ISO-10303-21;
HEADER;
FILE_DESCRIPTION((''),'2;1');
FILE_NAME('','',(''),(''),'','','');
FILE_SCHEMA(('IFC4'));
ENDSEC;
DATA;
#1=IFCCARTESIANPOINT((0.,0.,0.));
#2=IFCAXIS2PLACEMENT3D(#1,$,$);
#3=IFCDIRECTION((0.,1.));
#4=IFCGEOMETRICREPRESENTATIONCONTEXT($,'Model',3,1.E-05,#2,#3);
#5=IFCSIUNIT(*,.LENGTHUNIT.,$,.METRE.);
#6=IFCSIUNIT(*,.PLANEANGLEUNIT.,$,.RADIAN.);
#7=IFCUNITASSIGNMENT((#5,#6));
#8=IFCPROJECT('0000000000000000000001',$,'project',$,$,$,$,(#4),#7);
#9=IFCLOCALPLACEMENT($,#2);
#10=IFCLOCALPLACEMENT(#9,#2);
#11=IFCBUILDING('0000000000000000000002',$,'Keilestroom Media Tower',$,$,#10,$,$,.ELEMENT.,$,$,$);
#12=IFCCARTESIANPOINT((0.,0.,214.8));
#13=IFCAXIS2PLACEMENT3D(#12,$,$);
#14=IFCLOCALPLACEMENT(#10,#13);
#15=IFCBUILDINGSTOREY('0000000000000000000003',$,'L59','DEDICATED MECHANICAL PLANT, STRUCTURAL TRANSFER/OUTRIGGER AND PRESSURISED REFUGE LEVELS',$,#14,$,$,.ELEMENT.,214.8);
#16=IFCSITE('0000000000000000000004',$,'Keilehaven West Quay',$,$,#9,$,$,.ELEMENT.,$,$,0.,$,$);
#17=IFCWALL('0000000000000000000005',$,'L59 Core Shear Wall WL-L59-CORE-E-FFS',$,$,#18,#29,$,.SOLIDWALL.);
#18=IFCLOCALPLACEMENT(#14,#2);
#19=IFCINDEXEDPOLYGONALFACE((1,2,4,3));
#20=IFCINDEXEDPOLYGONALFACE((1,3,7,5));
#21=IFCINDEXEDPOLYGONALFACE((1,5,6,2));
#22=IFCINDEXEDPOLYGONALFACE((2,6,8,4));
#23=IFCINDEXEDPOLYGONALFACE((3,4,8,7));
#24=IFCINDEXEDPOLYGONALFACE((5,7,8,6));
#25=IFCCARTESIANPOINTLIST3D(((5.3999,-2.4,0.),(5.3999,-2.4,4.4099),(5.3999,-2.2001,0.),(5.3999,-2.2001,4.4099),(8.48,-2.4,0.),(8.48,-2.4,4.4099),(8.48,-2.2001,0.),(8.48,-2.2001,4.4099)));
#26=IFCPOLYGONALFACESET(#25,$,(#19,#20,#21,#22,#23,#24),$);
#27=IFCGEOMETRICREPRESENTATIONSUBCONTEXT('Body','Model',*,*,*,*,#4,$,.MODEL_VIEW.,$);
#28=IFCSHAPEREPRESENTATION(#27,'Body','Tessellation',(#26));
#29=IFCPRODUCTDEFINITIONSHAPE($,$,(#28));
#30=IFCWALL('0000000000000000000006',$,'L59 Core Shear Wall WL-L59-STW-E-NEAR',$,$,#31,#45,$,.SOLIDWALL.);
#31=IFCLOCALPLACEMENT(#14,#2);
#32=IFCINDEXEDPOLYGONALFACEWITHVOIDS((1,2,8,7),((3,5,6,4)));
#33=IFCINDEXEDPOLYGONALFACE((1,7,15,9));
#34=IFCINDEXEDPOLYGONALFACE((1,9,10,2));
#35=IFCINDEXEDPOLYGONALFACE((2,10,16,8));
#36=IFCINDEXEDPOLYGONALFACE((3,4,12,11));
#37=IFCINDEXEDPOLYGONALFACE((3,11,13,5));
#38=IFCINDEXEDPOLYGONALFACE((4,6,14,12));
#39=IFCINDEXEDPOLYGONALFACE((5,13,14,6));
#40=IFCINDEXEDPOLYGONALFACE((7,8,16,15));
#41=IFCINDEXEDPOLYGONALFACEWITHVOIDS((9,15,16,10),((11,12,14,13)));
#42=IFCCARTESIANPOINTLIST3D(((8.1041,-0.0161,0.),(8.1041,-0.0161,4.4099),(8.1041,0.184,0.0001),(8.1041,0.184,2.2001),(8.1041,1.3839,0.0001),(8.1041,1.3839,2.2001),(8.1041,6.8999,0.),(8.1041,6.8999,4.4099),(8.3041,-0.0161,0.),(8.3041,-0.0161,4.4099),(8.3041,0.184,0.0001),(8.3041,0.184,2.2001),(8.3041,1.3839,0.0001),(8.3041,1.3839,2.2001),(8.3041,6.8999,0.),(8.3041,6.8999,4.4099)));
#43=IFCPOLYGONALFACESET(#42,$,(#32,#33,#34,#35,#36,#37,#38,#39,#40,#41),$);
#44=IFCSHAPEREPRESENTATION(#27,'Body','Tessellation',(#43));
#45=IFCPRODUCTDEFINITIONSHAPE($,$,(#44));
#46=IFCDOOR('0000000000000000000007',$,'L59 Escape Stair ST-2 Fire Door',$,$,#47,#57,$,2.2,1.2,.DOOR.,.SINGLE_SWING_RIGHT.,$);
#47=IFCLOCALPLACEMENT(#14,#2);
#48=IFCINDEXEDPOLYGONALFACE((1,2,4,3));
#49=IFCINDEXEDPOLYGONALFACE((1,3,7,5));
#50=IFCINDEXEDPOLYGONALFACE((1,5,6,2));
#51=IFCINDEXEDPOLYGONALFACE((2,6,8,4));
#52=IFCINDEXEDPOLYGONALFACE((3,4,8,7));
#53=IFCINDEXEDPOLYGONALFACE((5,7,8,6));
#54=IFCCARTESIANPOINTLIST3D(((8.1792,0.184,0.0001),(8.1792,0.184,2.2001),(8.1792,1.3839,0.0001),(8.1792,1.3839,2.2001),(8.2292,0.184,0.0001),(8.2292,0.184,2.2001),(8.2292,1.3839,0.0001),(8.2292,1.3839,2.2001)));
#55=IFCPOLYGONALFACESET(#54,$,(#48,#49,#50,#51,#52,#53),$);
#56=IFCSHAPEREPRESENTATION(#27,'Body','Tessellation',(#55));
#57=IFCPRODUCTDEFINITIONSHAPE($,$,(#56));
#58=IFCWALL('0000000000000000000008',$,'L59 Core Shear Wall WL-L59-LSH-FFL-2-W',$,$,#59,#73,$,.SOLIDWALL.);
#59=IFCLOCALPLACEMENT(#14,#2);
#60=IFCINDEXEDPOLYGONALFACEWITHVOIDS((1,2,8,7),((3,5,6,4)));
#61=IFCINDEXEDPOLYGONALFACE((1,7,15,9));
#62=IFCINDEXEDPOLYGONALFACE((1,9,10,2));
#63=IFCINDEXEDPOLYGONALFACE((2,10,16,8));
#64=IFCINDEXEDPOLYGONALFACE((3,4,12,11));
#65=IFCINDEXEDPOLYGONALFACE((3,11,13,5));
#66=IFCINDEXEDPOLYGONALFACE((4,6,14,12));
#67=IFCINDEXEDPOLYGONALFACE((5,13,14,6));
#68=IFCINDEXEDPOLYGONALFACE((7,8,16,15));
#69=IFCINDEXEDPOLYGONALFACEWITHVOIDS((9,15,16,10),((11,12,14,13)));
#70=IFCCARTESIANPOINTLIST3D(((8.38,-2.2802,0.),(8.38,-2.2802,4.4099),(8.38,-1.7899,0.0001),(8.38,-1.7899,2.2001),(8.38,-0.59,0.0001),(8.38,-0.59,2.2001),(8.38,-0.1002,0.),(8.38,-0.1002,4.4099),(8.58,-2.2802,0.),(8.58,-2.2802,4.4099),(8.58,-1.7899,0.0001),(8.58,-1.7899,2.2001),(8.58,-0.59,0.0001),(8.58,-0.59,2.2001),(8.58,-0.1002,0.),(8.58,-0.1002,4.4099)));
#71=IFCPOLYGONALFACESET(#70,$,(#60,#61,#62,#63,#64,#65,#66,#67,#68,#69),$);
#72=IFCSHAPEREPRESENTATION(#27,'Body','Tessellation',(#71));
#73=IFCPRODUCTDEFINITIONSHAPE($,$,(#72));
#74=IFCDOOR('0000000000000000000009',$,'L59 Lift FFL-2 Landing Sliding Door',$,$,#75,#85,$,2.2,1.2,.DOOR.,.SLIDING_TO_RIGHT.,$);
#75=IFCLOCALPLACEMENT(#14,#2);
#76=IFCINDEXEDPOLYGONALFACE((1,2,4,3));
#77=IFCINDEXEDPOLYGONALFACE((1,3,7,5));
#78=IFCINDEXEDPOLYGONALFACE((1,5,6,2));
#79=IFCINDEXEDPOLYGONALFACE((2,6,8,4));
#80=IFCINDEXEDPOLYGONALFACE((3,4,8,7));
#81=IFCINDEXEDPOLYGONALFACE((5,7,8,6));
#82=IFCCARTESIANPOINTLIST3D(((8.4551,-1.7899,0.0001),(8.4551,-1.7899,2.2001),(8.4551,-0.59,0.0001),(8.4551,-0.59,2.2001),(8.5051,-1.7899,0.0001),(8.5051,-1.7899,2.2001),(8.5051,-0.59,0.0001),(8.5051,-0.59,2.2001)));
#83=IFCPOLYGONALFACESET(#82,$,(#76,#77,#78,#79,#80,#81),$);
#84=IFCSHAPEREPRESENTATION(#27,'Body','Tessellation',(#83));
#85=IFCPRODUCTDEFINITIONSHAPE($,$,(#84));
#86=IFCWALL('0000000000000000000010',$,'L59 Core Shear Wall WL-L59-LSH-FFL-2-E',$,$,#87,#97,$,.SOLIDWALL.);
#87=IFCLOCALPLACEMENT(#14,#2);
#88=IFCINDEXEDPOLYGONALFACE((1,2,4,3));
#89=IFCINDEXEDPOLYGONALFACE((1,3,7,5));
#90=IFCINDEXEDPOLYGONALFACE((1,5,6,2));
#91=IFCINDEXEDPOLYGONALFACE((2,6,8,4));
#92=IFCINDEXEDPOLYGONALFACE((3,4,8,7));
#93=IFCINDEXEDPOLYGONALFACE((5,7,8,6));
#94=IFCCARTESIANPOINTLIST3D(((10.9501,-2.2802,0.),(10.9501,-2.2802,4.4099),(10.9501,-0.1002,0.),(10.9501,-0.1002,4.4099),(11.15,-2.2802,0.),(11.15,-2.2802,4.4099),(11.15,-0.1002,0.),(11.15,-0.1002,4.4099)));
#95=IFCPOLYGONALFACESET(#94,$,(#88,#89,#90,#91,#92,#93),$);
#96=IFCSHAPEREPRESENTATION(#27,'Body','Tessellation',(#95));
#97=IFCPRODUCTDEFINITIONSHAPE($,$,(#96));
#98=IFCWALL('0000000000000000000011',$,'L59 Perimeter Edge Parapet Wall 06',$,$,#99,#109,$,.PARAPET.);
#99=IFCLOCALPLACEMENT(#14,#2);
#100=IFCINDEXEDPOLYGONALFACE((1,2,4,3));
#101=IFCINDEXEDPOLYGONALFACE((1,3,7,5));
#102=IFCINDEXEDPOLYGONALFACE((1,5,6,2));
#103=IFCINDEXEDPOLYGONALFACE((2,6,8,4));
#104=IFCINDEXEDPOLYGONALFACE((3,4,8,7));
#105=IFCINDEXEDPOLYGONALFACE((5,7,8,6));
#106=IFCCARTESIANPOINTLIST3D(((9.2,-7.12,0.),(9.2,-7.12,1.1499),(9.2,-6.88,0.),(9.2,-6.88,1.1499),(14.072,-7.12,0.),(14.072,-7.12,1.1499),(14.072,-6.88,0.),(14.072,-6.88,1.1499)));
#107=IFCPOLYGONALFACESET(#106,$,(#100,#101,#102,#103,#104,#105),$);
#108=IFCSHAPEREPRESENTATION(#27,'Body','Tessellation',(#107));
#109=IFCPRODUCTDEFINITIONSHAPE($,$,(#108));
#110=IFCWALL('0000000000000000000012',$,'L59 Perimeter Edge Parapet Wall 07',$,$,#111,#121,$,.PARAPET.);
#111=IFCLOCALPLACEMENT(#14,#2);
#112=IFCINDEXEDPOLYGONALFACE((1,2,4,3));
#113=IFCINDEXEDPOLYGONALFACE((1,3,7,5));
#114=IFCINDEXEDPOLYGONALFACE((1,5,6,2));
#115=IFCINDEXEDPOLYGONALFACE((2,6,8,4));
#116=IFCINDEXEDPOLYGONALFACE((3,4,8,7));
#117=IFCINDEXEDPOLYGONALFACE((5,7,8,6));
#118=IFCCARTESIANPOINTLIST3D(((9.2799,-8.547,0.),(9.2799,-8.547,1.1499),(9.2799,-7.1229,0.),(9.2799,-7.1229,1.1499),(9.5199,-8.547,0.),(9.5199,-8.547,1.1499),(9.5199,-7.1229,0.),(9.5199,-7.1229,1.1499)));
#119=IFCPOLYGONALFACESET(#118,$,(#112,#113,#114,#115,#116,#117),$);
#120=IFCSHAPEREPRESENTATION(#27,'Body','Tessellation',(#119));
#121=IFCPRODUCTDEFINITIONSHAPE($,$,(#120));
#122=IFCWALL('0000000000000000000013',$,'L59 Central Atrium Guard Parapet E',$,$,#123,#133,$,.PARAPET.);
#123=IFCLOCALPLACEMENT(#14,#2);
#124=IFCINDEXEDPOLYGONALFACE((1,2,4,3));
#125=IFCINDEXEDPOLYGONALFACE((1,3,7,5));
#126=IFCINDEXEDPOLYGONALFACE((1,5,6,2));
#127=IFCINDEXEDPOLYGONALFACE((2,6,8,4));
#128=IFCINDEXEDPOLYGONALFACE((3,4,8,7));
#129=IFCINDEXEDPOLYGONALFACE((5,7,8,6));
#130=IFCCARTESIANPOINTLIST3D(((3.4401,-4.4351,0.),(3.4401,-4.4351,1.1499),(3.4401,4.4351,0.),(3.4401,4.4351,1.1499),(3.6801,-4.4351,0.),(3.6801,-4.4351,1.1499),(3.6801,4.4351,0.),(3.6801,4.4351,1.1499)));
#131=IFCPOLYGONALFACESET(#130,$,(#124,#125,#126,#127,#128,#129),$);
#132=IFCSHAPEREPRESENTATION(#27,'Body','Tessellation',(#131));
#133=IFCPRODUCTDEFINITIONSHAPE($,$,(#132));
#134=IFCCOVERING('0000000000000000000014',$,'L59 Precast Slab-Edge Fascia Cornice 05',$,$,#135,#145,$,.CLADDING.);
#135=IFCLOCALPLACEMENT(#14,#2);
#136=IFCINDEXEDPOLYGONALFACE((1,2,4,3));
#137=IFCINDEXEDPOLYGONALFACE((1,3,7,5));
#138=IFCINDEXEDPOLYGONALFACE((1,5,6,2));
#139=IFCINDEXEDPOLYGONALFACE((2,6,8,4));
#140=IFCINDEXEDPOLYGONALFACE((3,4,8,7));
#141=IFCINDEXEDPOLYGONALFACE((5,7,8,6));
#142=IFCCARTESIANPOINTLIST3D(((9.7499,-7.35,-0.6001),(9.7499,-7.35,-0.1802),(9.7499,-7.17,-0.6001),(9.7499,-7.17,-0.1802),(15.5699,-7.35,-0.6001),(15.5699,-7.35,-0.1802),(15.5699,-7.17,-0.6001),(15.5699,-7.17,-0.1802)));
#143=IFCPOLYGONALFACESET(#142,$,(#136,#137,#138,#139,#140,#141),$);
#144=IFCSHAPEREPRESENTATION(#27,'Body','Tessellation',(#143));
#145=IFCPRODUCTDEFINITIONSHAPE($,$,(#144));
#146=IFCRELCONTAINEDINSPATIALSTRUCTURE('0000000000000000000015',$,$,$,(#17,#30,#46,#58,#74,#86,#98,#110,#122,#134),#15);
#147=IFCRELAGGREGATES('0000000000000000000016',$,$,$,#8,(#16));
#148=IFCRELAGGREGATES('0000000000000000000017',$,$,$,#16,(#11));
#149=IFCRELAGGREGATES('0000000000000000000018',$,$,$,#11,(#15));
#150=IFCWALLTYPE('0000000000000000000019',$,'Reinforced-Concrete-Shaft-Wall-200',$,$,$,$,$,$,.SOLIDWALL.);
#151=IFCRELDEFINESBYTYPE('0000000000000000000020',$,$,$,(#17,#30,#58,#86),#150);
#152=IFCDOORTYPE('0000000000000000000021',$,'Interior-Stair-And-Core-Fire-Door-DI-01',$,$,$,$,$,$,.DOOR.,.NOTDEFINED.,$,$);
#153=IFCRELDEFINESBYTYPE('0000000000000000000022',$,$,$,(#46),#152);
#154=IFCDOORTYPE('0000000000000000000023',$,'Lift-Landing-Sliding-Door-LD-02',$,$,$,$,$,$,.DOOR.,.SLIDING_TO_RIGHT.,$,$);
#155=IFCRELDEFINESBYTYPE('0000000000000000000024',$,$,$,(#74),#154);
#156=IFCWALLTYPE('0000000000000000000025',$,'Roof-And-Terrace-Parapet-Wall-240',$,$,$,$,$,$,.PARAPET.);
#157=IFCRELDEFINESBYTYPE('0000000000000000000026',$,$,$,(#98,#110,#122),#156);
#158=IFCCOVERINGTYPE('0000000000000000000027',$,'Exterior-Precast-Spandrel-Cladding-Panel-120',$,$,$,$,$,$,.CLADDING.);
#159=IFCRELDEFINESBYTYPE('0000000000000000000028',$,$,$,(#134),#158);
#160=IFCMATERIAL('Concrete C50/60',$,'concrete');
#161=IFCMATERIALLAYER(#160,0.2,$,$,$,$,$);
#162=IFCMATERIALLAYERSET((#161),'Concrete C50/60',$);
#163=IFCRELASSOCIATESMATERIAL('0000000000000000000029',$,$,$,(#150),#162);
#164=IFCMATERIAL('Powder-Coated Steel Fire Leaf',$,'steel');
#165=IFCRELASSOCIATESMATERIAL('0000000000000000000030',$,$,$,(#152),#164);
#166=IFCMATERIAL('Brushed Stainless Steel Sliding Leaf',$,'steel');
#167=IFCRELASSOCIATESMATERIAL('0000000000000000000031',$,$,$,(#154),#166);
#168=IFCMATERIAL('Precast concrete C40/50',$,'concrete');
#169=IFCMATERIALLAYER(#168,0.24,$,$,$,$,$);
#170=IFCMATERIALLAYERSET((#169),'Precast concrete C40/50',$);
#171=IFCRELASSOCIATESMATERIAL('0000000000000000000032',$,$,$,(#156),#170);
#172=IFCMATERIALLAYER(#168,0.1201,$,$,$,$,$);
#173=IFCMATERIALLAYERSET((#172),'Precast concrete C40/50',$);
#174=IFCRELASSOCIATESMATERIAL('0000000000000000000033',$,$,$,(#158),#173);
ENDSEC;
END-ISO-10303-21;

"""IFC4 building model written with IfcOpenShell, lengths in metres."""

from ifc_helpers import new_model, si_unit, direction, frame, frame_2d, origin, origin_2d, place, context, subcontext, project, spatial, rectangle, extrude, source, transform, mapped, material, layer, layer_set, type_object, element, fill, save


model = new_model("IFC4")

# Units and contexts
model_context = context("Model", 3, precision=1e-05, world=origin(), true_north=direction((0.0, 1.0)))
body_context = subcontext(model_context, "Body", "Model", "MODEL_VIEW")
ifc_project = project(units=[si_unit("LENGTHUNIT", "METRE"), si_unit("PLANEANGLEUNIT", "RADIAN")], contexts=[model_context])

# Site, building, storey
site_placement = place(None, origin())
site = spatial("IfcSite", under=ifc_project, at=site_placement, Name="Keilehaven West Quay", CompositionType="ELEMENT", RefElevation=0.0)
building_placement = place(site_placement, origin())
building = spatial("IfcBuilding", under=site, at=building_placement, Name="Keilestroom Media Tower", CompositionType="ELEMENT")
storey_placement = place(building_placement, frame((0.0, 0.0, 214.8)))
storey = spatial("IfcBuildingStorey", under=building, at=storey_placement, Name="L59", Description="DEDICATED MECHANICAL PLANT, STRUCTURAL TRANSFER/OUTRIGGER AND PRESSURISED REFUGE LEVELS", CompositionType="ELEMENT", Elevation=214.8)

# Shared definitions
ifc_material_1 = material(Name="Precast concrete C40/50", Category="concrete")

# Shared definitions
ifc_material_2 = material(Name="Powder-Coated Steel Fire Leaf", Category="steel")
shared_shape_1 = source(origin(), body_context, "Body", "SweptSolid", [
    extrude(rectangle(XDim=1.2, YDim=2.2, at=frame_2d((0.6001, 1.1001))), frame((0.0, 0.0249, 0.0), z_axis=(0.0, -1.0, 0.0), x_axis=(1.0, 0.0, 0.0)), (0.0, 0.0, 1.0), 0.05),
])

# Wall
ifc_material_3 = material(Name="Concrete C50/60", Category="concrete")
ifc_layer_1 = layer(ifc_material_3, 0.2)
ifc_layer_set_1 = layer_set([ifc_layer_1], Name="Concrete C50/60")
wall_type_1 = type_object("IfcWallType", Name="Reinforced-Concrete-Shaft-Wall-200", PredefinedType="SOLIDWALL", material=ifc_layer_set_1)
wall_1_placement = place(storey_placement, frame((5.3999, -2.3, 0.0), z_axis=(0.0, 0.0, 1.0), x_axis=(1.0, 0.0, 0.0)))
element("IfcWall", 1, at=wall_1_placement, inside=storey, type_object=wall_type_1, Name="L59 Core Shear Wall WL-L59-CORE-E-FFS", PredefinedType="SOLIDWALL", context=body_context, shape_type="SweptSolid", body=[
    extrude(rectangle(XDim=3.0801, YDim=0.2, at=frame_2d((1.54, 0.0))), origin(), (0.0, 0.0, 1.0), 4.4099),
])

# Walls, openings, doors
wall_2_placement = place(storey_placement, frame((8.2041, -0.0161, 0.0), z_axis=(0.0, 0.0, 1.0), x_axis=(0.0, 1.0, 0.0)))
wall_2 = element("IfcWall", 2, at=wall_2_placement, inside=storey, type_object=wall_type_1, Name="L59 Core Shear Wall WL-L59-STW-E-NEAR", PredefinedType="SOLIDWALL", context=body_context, shape_type="SweptSolid", body=[
    extrude(rectangle(XDim=6.916, YDim=0.2, at=frame_2d((3.458, 0.0))), origin(), (0.0, 0.0, 1.0), 4.4099),
])
opening_1_placement = place(wall_2_placement, frame((0.2, 0.0, 0.0)))
opening_1 = element("IfcOpeningElement", 3, at=opening_1_placement, cuts=wall_2, PredefinedType="OPENING", context=body_context, shape_type="SweptSolid", body=[
    extrude(rectangle(XDim=1.2, YDim=2.2, at=frame_2d((0.6001, 1.1001))), frame((0.0, 0.1099, 0.0), z_axis=(0.0, -1.0, 0.0), x_axis=(1.0, 0.0, 0.0)), (0.0, 0.0, 1.0), 0.22),
])
door_type_1 = type_object("IfcDoorType", Name="Interior-Stair-And-Core-Fire-Door-DI-01", OperationType="NOTDEFINED", PredefinedType="DOOR", material=ifc_material_2)
door_1_placement = place(opening_1_placement, origin())
door_1 = element("IfcDoor", 4, at=door_1_placement, inside=storey, type_object=door_type_1, Name="L59 Escape Stair ST-2 Fire Door", OperationType="SINGLE_SWING_RIGHT", OverallHeight=2.2, OverallWidth=1.2, PredefinedType="DOOR", context=body_context, shape_type="MappedRepresentation", body=[
    mapped(shared_shape_1, transform((0.0, 0.0, 0.0), x_axis=(1.0, 0.0, 0.0), y_axis=(0.0, 1.0, 0.0), z_axis=(0.0, 0.0, 1.0), scale=1.0)),
])
fill(opening_1, door_1)
wall_3_placement = place(storey_placement, frame((8.48, -2.28, 0.0), z_axis=(0.0, 0.0, 1.0), x_axis=(0.0, 1.0, 0.0)))
wall_3 = element("IfcWall", 5, at=wall_3_placement, inside=storey, type_object=wall_type_1, Name="L59 Core Shear Wall WL-L59-LSH-FFL-2-W", PredefinedType="SOLIDWALL", context=body_context, shape_type="SweptSolid", body=[
    extrude(rectangle(XDim=2.1799, YDim=0.2, at=frame_2d((1.0898, 0.0))), origin(), (0.0, 0.0, 1.0), 4.4099),
])
opening_2_placement = place(wall_3_placement, frame((0.49, 0.0, 0.0)))
opening_2 = element("IfcOpeningElement", 6, at=opening_2_placement, cuts=wall_3, PredefinedType="OPENING", context=body_context, shape_type="SweptSolid", body=[
    extrude(rectangle(XDim=1.2, YDim=2.2, at=frame_2d((0.6001, 1.1001))), frame((0.0, 0.1099, 0.0), z_axis=(0.0, -1.0, 0.0), x_axis=(1.0, 0.0, 0.0)), (0.0, 0.0, 1.0), 0.22),
])
ifc_material_4 = material(Name="Brushed Stainless Steel Sliding Leaf", Category="steel")
door_type_2 = type_object("IfcDoorType", Name="Lift-Landing-Sliding-Door-LD-02", OperationType="SLIDING_TO_RIGHT", PredefinedType="DOOR", material=ifc_material_4)
door_2_placement = place(opening_2_placement, origin())
door_2 = element("IfcDoor", 7, at=door_2_placement, inside=storey, type_object=door_type_2, Name="L59 Lift FFL-2 Landing Sliding Door", OperationType="SLIDING_TO_RIGHT", OverallHeight=2.2, OverallWidth=1.2, PredefinedType="DOOR", context=body_context, shape_type="MappedRepresentation", body=[
    mapped(shared_shape_1, transform((0.0, 0.0, 0.0), x_axis=(1.0, 0.0, 0.0), y_axis=(0.0, 1.0, 0.0), z_axis=(0.0, 0.0, 1.0), scale=1.0)),
])
fill(opening_2, door_2)

# Walls
wall_4_placement = place(storey_placement, frame((11.05, -2.28, 0.0), z_axis=(0.0, 0.0, 1.0), x_axis=(0.0, 1.0, 0.0)))
element("IfcWall", 8, at=wall_4_placement, inside=storey, type_object=wall_type_1, Name="L59 Core Shear Wall WL-L59-LSH-FFL-2-E", PredefinedType="SOLIDWALL", context=body_context, shape_type="SweptSolid", body=[
    extrude(rectangle(XDim=2.1799, YDim=0.2, at=frame_2d((1.0898, 0.0))), origin(), (0.0, 0.0, 1.0), 4.4099),
])
ifc_layer_2 = layer(ifc_material_1, 0.24)
ifc_layer_set_2 = layer_set([ifc_layer_2], Name="Precast concrete C40/50")
wall_type_2 = type_object("IfcWallType", Name="Roof-And-Terrace-Parapet-Wall-240", PredefinedType="PARAPET", material=ifc_layer_set_2)
wall_5_placement = place(storey_placement, frame((14.072, -7.0, 0.0), z_axis=(0.0, 0.0, 1.0), x_axis=(-1.0, 0.0, 0.0)))
element("IfcWall", 9, at=wall_5_placement, inside=storey, type_object=wall_type_2, Name="L59 Perimeter Edge Parapet Wall 06", PredefinedType="PARAPET", context=body_context, shape_type="SweptSolid", body=[
    extrude(rectangle(XDim=4.8721, YDim=0.24, at=frame_2d((2.436, 0.0))), origin(), (0.0, 0.0, 1.0), 1.1499),
])
wall_6_placement = place(storey_placement, frame((9.3999, -7.123, 0.0), z_axis=(0.0, 0.0, 1.0), x_axis=(0.0, -1.0, 0.0)))
element("IfcWall", 10, at=wall_6_placement, inside=storey, type_object=wall_type_2, Name="L59 Perimeter Edge Parapet Wall 07", PredefinedType="PARAPET", context=body_context, shape_type="SweptSolid", body=[
    extrude(rectangle(XDim=1.4241, YDim=0.24, at=frame_2d((0.7119, 0.0))), origin(), (0.0, 0.0, 1.0), 1.1499),
])
wall_7_placement = place(storey_placement, frame((3.5601, -4.4351, 0.0), z_axis=(0.0, 0.0, 1.0), x_axis=(0.0, 1.0, 0.0)))
element("IfcWall", 11, at=wall_7_placement, inside=storey, type_object=wall_type_2, Name="L59 Central Atrium Guard Parapet E", PredefinedType="PARAPET", context=body_context, shape_type="SweptSolid", body=[
    extrude(rectangle(XDim=8.8701, YDim=0.24, at=frame_2d((4.4351, 0.0))), origin(), (0.0, 0.0, 1.0), 1.1499),
])

# Covering
ifc_layer_3 = layer(ifc_material_1, 0.1201)
ifc_layer_set_3 = layer_set([ifc_layer_3], Name="Precast concrete C40/50")
covering_type = type_object("IfcCoveringType", Name="Exterior-Precast-Spandrel-Cladding-Panel-120", PredefinedType="CLADDING", material=ifc_layer_set_3)
shared_shape_2 = source(origin(), body_context, "Body", "SweptSolid", [
    extrude(rectangle(XDim=5.8201, YDim=0.1799, at=origin_2d()), origin(), (0.0, 0.0, 1.0), 0.4199),
])
covering_placement = place(storey_placement, frame((12.6599, -7.26, -0.6001), z_axis=(0.0, 0.0, 1.0), x_axis=(-1.0, 0.0, 0.0)))
element("IfcCovering", 12, at=covering_placement, inside=storey, type_object=covering_type, Name="L59 Precast Slab-Edge Fascia Cornice 05", PredefinedType="CLADDING", context=body_context, shape_type="MappedRepresentation", body=[
    mapped(shared_shape_2, transform((0.0, 0.0, 0.0), x_axis=(1.0, 0.0, 0.0), y_axis=(0.0, 1.0, 0.0), z_axis=(0.0, 0.0, 1.0), scale=1.0)),
])

save(model, "model.ifc")
